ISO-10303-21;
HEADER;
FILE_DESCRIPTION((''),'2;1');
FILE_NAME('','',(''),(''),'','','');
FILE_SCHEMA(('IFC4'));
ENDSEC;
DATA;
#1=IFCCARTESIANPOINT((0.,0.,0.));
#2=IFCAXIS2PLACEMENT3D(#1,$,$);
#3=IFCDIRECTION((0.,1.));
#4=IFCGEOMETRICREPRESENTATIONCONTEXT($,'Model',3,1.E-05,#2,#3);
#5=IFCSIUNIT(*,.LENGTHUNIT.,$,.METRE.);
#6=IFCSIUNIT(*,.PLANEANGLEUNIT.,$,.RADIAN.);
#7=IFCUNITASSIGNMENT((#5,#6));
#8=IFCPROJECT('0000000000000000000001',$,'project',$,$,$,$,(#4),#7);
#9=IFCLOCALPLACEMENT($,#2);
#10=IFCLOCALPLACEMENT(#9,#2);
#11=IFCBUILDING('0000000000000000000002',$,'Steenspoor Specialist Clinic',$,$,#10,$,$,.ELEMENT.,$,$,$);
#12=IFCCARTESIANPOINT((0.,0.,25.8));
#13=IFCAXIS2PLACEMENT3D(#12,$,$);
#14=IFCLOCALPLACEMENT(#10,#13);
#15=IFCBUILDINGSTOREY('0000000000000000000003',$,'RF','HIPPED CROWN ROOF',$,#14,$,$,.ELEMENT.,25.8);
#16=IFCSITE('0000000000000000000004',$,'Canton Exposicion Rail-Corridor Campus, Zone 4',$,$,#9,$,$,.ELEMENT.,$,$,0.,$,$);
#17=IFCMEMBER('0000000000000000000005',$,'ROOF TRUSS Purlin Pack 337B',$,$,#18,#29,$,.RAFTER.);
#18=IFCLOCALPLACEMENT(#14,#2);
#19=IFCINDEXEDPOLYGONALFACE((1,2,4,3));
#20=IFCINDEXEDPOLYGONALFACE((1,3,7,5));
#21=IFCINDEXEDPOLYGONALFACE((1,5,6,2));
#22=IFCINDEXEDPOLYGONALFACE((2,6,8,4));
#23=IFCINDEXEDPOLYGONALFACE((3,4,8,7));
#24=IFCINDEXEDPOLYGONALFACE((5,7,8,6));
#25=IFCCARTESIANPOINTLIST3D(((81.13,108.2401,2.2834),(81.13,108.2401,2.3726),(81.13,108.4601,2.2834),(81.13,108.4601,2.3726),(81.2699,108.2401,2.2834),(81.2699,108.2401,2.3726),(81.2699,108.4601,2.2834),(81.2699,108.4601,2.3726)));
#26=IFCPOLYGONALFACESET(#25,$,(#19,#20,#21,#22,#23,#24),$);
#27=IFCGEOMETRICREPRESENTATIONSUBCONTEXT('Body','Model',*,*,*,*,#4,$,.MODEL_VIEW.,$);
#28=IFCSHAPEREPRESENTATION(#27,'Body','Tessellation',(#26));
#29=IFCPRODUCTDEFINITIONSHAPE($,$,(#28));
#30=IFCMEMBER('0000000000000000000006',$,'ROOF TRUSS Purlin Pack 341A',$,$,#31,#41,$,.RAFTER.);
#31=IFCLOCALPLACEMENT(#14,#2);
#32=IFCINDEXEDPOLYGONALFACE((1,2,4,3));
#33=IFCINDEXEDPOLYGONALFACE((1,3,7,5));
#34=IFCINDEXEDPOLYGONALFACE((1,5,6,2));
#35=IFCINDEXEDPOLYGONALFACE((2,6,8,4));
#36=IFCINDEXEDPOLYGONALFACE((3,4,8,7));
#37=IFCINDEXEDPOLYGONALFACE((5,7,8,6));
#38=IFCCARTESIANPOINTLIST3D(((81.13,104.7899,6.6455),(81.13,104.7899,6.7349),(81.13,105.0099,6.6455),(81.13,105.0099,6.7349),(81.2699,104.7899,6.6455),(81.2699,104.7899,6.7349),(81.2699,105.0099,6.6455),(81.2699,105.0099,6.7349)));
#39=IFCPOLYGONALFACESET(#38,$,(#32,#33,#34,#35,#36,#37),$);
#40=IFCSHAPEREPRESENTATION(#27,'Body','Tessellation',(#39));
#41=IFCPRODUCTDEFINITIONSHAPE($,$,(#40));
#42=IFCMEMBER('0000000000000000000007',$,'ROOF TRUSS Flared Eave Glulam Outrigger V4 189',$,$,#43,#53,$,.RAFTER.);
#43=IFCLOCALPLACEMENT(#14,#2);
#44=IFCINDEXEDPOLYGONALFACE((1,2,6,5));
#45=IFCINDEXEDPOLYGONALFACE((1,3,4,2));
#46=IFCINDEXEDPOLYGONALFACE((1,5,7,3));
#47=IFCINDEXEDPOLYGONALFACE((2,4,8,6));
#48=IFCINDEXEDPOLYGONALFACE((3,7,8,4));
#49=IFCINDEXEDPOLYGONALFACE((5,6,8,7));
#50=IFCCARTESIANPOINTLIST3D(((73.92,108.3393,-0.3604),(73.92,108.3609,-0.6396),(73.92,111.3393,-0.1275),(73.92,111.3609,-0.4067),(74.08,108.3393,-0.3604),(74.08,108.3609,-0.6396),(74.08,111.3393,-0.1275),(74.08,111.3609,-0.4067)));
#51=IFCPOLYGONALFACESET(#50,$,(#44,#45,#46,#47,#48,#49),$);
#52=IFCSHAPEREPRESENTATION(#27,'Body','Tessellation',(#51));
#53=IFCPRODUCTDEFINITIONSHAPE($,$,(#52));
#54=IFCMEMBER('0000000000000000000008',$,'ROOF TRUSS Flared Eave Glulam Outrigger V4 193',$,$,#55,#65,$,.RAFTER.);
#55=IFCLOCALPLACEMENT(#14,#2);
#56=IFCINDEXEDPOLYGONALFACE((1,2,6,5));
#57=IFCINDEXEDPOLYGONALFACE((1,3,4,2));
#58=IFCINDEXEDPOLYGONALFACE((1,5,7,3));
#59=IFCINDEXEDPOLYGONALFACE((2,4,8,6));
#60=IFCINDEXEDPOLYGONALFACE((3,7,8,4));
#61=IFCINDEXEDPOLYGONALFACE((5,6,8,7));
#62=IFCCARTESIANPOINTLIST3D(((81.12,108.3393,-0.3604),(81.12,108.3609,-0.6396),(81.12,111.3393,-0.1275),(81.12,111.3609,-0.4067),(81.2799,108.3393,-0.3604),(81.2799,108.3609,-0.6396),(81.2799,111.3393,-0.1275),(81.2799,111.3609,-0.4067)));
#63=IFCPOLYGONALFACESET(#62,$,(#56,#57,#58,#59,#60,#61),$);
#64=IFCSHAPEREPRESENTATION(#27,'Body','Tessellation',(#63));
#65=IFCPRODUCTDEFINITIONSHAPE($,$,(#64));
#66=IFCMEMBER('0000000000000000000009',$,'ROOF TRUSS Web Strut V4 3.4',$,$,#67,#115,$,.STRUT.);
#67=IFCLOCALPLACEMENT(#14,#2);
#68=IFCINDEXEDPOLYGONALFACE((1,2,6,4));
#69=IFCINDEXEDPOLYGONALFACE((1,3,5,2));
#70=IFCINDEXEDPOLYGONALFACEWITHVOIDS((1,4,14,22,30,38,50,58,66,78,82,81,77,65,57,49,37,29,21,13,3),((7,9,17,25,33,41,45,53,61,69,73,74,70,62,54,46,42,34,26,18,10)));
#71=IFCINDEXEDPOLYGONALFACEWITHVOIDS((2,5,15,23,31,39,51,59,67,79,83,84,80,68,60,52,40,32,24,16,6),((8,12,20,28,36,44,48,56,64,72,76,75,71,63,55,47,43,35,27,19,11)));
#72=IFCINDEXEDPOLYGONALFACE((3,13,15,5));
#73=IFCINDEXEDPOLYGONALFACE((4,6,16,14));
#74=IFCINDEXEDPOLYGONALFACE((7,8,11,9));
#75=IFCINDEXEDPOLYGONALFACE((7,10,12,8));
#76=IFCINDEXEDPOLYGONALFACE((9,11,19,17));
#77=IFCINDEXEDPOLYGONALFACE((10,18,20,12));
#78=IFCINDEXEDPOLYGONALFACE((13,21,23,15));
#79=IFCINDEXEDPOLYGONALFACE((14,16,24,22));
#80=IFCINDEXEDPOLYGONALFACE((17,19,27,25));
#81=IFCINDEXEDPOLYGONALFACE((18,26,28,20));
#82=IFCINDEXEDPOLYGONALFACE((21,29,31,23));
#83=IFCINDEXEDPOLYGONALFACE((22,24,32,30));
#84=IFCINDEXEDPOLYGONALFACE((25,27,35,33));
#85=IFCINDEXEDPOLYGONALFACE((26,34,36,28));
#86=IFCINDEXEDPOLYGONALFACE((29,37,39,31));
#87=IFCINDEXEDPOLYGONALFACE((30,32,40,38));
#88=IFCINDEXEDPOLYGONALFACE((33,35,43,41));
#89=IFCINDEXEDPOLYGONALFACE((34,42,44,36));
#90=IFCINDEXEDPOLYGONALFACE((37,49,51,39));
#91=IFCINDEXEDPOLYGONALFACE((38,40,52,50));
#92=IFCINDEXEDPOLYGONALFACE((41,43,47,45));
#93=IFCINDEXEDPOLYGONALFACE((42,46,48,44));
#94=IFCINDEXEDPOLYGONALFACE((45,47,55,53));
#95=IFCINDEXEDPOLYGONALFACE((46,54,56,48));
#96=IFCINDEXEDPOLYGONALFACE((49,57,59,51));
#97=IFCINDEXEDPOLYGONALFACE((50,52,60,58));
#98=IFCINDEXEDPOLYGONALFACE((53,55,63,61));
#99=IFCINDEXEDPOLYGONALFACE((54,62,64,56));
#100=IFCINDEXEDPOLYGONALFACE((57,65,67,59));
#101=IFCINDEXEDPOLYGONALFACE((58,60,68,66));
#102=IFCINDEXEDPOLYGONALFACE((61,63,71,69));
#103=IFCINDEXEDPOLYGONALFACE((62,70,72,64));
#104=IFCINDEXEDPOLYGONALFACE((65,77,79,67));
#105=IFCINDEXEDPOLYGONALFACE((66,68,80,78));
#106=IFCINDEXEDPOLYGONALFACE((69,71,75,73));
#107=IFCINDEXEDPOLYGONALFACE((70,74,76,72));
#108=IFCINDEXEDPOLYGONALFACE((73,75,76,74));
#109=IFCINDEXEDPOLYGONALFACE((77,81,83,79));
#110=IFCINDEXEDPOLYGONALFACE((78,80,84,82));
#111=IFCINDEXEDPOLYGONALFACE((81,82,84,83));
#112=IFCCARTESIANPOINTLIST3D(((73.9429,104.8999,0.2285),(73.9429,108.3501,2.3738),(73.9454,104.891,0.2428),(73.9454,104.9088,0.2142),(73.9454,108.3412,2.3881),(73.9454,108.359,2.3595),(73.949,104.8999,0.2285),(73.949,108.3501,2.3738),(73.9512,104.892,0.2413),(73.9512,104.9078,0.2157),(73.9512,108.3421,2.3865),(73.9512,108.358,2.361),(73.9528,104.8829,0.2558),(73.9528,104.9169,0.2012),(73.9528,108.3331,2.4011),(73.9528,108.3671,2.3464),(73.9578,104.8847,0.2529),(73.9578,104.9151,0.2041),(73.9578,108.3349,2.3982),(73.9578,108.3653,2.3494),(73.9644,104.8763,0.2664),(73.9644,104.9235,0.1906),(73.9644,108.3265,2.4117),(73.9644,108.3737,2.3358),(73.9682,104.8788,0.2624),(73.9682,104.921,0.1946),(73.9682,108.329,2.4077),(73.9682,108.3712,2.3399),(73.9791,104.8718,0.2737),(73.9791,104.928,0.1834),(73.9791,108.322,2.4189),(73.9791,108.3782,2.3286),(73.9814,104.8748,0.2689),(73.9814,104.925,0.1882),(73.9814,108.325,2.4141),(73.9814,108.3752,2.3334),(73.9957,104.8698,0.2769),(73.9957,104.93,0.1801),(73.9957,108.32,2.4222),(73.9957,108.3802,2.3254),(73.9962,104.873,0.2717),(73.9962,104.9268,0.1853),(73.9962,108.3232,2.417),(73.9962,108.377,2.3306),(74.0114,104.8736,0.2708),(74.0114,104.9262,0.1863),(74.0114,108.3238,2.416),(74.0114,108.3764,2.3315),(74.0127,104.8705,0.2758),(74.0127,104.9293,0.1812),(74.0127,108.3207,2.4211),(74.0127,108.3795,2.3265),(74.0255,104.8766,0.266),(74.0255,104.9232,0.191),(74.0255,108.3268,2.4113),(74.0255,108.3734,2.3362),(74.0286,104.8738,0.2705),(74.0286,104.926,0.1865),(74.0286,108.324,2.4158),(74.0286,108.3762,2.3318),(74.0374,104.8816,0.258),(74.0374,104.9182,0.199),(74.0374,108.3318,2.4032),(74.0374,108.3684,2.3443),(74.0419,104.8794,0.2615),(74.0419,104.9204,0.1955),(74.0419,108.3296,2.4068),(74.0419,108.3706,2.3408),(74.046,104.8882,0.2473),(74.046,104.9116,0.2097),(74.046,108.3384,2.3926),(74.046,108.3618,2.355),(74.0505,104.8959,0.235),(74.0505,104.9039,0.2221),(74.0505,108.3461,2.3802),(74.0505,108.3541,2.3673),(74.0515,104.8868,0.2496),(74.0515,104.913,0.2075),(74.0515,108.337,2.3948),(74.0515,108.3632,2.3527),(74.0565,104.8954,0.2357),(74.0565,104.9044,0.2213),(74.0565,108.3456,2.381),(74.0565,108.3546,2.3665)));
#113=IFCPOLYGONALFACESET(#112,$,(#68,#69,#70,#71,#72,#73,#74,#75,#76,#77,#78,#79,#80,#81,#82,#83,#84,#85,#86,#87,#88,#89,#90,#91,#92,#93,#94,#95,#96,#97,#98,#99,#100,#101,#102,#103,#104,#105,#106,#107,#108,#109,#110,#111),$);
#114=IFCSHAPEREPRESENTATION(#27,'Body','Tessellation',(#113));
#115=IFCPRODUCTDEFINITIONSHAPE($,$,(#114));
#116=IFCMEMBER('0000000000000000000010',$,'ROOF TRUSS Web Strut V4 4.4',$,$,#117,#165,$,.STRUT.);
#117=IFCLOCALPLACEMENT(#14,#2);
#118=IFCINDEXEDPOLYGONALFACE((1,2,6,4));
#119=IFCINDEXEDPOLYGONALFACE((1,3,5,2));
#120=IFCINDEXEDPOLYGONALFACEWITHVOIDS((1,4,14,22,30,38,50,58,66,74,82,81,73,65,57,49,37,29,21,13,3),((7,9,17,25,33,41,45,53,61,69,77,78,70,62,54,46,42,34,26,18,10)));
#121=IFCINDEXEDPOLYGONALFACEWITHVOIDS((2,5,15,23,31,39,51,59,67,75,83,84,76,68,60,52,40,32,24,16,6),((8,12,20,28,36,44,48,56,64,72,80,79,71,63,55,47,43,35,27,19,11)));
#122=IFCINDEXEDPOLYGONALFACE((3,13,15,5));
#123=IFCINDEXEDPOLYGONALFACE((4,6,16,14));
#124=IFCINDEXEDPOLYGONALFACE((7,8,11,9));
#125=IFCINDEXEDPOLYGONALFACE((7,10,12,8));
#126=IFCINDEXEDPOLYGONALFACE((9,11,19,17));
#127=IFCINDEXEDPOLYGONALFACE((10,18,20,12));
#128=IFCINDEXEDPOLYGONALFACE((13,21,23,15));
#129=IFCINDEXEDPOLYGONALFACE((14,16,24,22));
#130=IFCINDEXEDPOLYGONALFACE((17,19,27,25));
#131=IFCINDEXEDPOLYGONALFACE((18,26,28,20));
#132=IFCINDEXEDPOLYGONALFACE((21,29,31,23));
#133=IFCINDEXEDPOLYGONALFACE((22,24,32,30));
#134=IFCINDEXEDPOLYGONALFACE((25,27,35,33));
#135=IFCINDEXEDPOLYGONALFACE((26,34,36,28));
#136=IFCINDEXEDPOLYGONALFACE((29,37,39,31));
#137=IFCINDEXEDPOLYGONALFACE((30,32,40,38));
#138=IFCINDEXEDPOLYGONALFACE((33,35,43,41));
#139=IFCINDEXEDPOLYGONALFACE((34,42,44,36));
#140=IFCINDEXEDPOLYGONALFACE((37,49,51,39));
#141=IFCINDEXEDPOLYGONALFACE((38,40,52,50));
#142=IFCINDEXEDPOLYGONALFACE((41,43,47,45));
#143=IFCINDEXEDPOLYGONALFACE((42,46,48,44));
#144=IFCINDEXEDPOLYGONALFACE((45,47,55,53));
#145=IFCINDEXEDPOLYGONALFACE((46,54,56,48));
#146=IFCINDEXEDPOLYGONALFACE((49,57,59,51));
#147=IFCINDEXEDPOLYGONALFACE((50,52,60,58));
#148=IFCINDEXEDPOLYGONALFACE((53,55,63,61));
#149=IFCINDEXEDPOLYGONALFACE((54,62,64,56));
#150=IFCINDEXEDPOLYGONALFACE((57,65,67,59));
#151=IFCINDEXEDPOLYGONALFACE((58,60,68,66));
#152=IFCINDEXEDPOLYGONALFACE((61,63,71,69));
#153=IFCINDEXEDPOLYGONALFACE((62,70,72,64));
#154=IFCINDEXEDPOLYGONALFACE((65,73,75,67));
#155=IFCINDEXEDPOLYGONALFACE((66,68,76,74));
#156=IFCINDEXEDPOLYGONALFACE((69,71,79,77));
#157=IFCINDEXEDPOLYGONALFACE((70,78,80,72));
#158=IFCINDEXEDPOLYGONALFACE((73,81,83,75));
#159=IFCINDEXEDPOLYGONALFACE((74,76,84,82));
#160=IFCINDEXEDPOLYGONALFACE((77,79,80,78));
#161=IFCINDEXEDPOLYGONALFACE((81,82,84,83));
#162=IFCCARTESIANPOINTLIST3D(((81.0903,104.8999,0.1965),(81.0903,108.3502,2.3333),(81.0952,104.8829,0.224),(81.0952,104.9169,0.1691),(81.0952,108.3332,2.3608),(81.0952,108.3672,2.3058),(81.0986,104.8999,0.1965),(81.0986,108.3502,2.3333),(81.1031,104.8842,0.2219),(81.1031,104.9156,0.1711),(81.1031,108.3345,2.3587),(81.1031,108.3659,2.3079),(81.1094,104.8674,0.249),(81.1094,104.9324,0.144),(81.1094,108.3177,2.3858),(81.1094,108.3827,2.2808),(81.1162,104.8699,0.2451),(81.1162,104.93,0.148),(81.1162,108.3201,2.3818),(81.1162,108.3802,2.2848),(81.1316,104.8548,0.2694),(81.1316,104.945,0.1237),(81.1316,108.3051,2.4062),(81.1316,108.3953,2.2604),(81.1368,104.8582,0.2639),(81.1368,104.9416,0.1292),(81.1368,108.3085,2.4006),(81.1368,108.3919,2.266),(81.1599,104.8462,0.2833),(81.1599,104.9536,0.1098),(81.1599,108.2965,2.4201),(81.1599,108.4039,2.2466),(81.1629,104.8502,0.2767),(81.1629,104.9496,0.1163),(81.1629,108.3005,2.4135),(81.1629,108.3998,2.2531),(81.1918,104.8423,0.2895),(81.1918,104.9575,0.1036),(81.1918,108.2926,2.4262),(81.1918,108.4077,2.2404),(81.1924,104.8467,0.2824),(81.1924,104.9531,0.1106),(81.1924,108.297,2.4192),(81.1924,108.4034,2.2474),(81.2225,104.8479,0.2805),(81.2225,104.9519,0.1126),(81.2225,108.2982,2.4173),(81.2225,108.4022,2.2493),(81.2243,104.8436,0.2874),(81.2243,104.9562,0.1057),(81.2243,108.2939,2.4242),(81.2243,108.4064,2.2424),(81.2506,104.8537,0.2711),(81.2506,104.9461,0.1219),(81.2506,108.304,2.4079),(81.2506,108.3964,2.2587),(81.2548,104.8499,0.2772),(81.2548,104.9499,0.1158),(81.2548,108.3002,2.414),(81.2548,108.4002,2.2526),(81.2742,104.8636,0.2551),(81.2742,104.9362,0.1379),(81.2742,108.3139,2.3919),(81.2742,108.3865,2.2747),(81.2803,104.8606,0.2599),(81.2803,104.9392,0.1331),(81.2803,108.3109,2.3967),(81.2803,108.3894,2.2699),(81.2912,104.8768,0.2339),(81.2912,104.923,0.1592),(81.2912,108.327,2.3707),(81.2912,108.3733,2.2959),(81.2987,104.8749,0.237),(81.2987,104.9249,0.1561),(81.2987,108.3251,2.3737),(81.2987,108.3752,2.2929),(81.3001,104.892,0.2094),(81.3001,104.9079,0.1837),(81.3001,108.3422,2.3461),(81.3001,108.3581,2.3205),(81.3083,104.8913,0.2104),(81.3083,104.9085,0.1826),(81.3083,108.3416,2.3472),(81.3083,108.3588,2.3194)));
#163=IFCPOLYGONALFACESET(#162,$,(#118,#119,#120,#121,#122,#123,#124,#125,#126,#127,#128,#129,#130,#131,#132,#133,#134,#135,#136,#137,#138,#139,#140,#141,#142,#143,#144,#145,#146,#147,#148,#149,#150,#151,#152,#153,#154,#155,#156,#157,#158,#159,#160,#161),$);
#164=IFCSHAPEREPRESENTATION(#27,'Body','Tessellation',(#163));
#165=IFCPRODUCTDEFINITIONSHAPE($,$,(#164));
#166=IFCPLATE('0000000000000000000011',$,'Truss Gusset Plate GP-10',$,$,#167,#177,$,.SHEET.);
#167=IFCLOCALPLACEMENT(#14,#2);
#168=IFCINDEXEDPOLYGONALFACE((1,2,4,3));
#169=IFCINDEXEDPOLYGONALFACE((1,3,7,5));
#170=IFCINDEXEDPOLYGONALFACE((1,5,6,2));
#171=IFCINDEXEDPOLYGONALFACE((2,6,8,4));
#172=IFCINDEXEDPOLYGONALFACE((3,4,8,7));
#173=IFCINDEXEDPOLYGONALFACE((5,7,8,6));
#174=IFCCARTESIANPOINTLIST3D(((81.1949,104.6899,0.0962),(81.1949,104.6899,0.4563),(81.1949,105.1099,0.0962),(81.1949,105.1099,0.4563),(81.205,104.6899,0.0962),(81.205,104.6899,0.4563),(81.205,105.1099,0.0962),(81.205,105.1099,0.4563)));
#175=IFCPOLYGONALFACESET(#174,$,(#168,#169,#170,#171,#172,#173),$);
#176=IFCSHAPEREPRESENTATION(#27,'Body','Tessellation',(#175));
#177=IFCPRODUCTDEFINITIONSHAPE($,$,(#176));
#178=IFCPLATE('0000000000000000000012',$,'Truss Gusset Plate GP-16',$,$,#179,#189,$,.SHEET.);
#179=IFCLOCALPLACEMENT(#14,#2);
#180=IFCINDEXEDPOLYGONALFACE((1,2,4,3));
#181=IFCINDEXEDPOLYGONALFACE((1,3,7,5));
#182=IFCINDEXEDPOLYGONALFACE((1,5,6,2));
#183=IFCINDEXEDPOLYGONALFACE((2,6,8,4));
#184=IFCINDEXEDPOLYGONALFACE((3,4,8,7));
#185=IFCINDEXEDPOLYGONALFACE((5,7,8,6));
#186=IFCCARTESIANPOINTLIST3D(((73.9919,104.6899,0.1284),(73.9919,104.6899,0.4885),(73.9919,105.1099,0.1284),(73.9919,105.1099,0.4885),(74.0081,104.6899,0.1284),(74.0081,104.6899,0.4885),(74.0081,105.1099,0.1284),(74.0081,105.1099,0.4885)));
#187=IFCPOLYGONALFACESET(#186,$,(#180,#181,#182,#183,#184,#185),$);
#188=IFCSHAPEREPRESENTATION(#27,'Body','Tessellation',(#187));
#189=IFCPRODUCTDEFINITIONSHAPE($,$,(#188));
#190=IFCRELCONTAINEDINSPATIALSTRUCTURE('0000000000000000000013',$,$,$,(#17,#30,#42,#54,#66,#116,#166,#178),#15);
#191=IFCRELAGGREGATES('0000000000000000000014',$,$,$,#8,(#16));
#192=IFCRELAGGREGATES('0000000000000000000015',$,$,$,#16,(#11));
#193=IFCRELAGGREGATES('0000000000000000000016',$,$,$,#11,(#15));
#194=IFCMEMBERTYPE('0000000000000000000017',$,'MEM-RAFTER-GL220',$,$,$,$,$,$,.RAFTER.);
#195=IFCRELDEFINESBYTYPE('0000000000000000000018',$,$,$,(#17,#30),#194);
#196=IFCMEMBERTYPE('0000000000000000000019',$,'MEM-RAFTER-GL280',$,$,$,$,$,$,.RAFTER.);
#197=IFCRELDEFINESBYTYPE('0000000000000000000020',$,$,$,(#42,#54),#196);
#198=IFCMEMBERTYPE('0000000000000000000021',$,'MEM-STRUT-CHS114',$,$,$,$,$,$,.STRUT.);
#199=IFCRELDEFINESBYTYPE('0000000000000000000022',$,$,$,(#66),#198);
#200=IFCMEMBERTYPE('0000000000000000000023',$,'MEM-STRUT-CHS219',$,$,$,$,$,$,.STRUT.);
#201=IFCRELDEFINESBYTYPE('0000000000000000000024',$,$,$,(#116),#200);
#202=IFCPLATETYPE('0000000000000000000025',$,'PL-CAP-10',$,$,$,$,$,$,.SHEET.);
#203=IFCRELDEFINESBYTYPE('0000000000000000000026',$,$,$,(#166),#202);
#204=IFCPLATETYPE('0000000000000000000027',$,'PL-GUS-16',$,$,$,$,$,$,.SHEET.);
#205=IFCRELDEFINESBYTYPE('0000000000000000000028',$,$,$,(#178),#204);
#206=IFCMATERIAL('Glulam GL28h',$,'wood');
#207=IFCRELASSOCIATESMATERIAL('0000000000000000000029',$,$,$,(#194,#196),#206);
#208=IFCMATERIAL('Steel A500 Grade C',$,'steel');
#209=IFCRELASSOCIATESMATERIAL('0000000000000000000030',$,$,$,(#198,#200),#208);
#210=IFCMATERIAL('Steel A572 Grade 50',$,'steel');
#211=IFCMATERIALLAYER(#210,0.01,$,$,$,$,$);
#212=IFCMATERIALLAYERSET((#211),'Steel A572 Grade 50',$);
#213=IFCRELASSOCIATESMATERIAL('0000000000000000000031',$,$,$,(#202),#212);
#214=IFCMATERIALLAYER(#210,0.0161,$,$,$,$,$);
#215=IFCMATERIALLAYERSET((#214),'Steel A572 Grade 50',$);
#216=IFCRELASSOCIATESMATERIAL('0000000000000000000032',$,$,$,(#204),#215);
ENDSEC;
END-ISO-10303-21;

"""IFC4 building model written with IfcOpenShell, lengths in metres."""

from ifc_helpers import new_model, si_unit, direction, frame, origin, origin_2d, place, context, subcontext, project, spatial, rectangle, hollow_circle, extrude, material, layer, layer_set, material_profile, profile_set, type_object, element, save


model = new_model("IFC4")

# Units and contexts
model_context = context("Model", 3, precision=1e-05, world=origin(), true_north=direction((0.0, 1.0)))
body_context = subcontext(model_context, "Body", "Model", "MODEL_VIEW")
ifc_project = project(units=[si_unit("LENGTHUNIT", "METRE"), si_unit("PLANEANGLEUNIT", "RADIAN")], contexts=[model_context])

# Site, building, storey
site_placement = place(None, origin())
site = spatial("IfcSite", under=ifc_project, at=site_placement, Name="Canton Exposicion Rail-Corridor Campus, Zone 4", CompositionType="ELEMENT", RefElevation=0.0)
building_placement = place(site_placement, origin())
building = spatial("IfcBuilding", under=site, at=building_placement, Name="Steenspoor Specialist Clinic", CompositionType="ELEMENT")
storey_placement = place(building_placement, frame((0.0, 0.0, 25.8)))
storey = spatial("IfcBuildingStorey", under=building, at=storey_placement, Name="RF", Description="HIPPED CROWN ROOF", CompositionType="ELEMENT", Elevation=25.8)

# Members
ifc_material_1 = material(Name="Steel A500 Grade C", Category="steel")
ifc_material_2 = material(Name="Glulam GL28h", Category="wood")
ifc_material_profile_1 = material_profile(ifc_material_2, rectangle(XDim=0.1399, YDim=0.22, at=origin_2d()), Name="GL28H-140X220")
ifc_profile_set_1 = profile_set([ifc_material_profile_1], Name="Glulam GL28h")
member_type_1 = type_object("IfcMemberType", Name="MEM-RAFTER-GL220", PredefinedType="RAFTER", material=ifc_profile_set_1)
member_1_placement = place(storey_placement, frame((81.2, 108.3501, 2.2834), z_axis=(0.0, 0.0, 1.0), x_axis=(1.0, 0.0, 0.0)))
element("IfcMember", 1, at=member_1_placement, inside=storey, type_object=member_type_1, Name="ROOF TRUSS Purlin Pack 337B", PredefinedType="RAFTER", context=body_context, shape_type="SweptSolid", body=[
    extrude(rectangle(XDim=0.1399, YDim=0.22, at=origin_2d()), origin(), (0.0, 0.0, 1.0), 0.0891),
])
member_2_placement = place(storey_placement, frame((81.2, 104.8999, 6.6455), z_axis=(0.0, 0.0, 1.0), x_axis=(1.0, 0.0, 0.0)))
element("IfcMember", 2, at=member_2_placement, inside=storey, type_object=member_type_1, Name="ROOF TRUSS Purlin Pack 341A", PredefinedType="RAFTER", context=body_context, shape_type="SweptSolid", body=[
    extrude(rectangle(XDim=0.1399, YDim=0.22, at=origin_2d()), origin(), (0.0, 0.0, 1.0), 0.0894),
])
ifc_material_profile_2 = material_profile(ifc_material_2, rectangle(XDim=0.1599, YDim=0.28, at=origin_2d()), Name="GL28H-160X280")
ifc_profile_set_2 = profile_set([ifc_material_profile_2], Name="Glulam GL28h")
member_type_2 = type_object("IfcMemberType", Name="MEM-RAFTER-GL280", PredefinedType="RAFTER", material=ifc_profile_set_2)
for number, where, z_axis, x_axis, name in (
    (3, (74.0, 108.3501, -0.5), (0.0, 0.997, 0.077404), (-1.0, 0.0, 0.0), "ROOF TRUSS Flared Eave Glulam Outrigger V4 189"),
    (4, (81.2, 108.3501, -0.5), (0.0, 0.997, 0.077404), (-1.0, 0.0, 0.0), "ROOF TRUSS Flared Eave Glulam Outrigger V4 193"),
):
    element("IfcMember", number, at=place(storey_placement, frame(where, z_axis=z_axis, x_axis=x_axis)), inside=storey, type_object=member_type_2, Name=name, PredefinedType="RAFTER", context=body_context, shape_type="SweptSolid", body=[
        extrude(rectangle(XDim=0.1599, YDim=0.28, at=origin_2d()), origin(), (0.0, 0.0, 1.0), 3.009),
    ])
ifc_material_profile_3 = material_profile(ifc_material_1, hollow_circle(Radius=0.0571, WallThickness=0.0061, at=origin_2d()), Name="CHS114X6.0")
ifc_profile_set_3 = profile_set([ifc_material_profile_3], Name="Steel A500 Grade C")
member_type_3 = type_object("IfcMemberType", Name="MEM-STRUT-CHS114", PredefinedType="STRUT", material=ifc_profile_set_3)
member_3_placement = place(storey_placement, frame((74.0, 104.8999, 0.2285), z_axis=(0.0, 0.849225, 0.528031), x_axis=(-1.0, 0.0, 0.0)))
element("IfcMember", 5, at=member_3_placement, inside=storey, type_object=member_type_3, Name="ROOF TRUSS Web Strut V4 3.4", PredefinedType="STRUT", context=body_context, shape_type="SweptSolid", body=[
    extrude(hollow_circle(Radius=0.0571, WallThickness=0.0061, at=origin_2d()), origin(), (0.0, 0.0, 1.0), 4.0627),
])
ifc_material_profile_4 = material_profile(ifc_material_1, hollow_circle(Radius=0.1096, WallThickness=0.0083, at=origin_2d()), Name="CHS219X8.2")
ifc_profile_set_4 = profile_set([ifc_material_profile_4], Name="Steel A500 Grade C")
member_type_4 = type_object("IfcMemberType", Name="MEM-STRUT-CHS219", PredefinedType="STRUT", material=ifc_profile_set_4)
member_4_placement = place(storey_placement, frame((81.2, 104.8999, 0.1965), z_axis=(0.0, 0.850168, 0.526512), x_axis=(-1.0, 0.0, 0.0)))
element("IfcMember", 6, at=member_4_placement, inside=storey, type_object=member_type_4, Name="ROOF TRUSS Web Strut V4 4.4", PredefinedType="STRUT", context=body_context, shape_type="SweptSolid", body=[
    extrude(hollow_circle(Radius=0.1096, WallThickness=0.0083, at=origin_2d()), origin(), (0.0, 0.0, 1.0), 4.0583),
])

# Plates
ifc_material_3 = material(Name="Steel A572 Grade 50", Category="steel")
ifc_layer_1 = layer(ifc_material_3, 0.01)
ifc_layer_set_1 = layer_set([ifc_layer_1], Name="Steel A572 Grade 50")
plate_type_1 = type_object("IfcPlateType", Name="PL-CAP-10", PredefinedType="SHEET", material=ifc_layer_set_1)
plate_1_placement = place(storey_placement, frame((81.2, 104.8999, 0.0962), z_axis=(0.0, 0.0, 1.0), x_axis=(1.0, 0.0, 0.0)))
element("IfcPlate", 7, at=plate_1_placement, inside=storey, type_object=plate_type_1, Name="Truss Gusset Plate GP-10", PredefinedType="SHEET", context=body_context, shape_type="SweptSolid", body=[
    extrude(rectangle(XDim=0.01, YDim=0.4199, at=origin_2d()), origin(), (0.0, 0.0, 1.0), 0.3601),
])
ifc_layer_2 = layer(ifc_material_3, 0.0161)
ifc_layer_set_2 = layer_set([ifc_layer_2], Name="Steel A572 Grade 50")
plate_type_2 = type_object("IfcPlateType", Name="PL-GUS-16", PredefinedType="SHEET", material=ifc_layer_set_2)
plate_2_placement = place(storey_placement, frame((74.0, 104.8999, 0.1284), z_axis=(0.0, 0.0, 1.0), x_axis=(1.0, 0.0, 0.0)))
element("IfcPlate", 8, at=plate_2_placement, inside=storey, type_object=plate_type_2, Name="Truss Gusset Plate GP-16", PredefinedType="SHEET", context=body_context, shape_type="SweptSolid", body=[
    extrude(rectangle(XDim=0.0161, YDim=0.4199, at=origin_2d()), origin(), (0.0, 0.0, 1.0), 0.3601),
])

save(model, "model.ifc")
